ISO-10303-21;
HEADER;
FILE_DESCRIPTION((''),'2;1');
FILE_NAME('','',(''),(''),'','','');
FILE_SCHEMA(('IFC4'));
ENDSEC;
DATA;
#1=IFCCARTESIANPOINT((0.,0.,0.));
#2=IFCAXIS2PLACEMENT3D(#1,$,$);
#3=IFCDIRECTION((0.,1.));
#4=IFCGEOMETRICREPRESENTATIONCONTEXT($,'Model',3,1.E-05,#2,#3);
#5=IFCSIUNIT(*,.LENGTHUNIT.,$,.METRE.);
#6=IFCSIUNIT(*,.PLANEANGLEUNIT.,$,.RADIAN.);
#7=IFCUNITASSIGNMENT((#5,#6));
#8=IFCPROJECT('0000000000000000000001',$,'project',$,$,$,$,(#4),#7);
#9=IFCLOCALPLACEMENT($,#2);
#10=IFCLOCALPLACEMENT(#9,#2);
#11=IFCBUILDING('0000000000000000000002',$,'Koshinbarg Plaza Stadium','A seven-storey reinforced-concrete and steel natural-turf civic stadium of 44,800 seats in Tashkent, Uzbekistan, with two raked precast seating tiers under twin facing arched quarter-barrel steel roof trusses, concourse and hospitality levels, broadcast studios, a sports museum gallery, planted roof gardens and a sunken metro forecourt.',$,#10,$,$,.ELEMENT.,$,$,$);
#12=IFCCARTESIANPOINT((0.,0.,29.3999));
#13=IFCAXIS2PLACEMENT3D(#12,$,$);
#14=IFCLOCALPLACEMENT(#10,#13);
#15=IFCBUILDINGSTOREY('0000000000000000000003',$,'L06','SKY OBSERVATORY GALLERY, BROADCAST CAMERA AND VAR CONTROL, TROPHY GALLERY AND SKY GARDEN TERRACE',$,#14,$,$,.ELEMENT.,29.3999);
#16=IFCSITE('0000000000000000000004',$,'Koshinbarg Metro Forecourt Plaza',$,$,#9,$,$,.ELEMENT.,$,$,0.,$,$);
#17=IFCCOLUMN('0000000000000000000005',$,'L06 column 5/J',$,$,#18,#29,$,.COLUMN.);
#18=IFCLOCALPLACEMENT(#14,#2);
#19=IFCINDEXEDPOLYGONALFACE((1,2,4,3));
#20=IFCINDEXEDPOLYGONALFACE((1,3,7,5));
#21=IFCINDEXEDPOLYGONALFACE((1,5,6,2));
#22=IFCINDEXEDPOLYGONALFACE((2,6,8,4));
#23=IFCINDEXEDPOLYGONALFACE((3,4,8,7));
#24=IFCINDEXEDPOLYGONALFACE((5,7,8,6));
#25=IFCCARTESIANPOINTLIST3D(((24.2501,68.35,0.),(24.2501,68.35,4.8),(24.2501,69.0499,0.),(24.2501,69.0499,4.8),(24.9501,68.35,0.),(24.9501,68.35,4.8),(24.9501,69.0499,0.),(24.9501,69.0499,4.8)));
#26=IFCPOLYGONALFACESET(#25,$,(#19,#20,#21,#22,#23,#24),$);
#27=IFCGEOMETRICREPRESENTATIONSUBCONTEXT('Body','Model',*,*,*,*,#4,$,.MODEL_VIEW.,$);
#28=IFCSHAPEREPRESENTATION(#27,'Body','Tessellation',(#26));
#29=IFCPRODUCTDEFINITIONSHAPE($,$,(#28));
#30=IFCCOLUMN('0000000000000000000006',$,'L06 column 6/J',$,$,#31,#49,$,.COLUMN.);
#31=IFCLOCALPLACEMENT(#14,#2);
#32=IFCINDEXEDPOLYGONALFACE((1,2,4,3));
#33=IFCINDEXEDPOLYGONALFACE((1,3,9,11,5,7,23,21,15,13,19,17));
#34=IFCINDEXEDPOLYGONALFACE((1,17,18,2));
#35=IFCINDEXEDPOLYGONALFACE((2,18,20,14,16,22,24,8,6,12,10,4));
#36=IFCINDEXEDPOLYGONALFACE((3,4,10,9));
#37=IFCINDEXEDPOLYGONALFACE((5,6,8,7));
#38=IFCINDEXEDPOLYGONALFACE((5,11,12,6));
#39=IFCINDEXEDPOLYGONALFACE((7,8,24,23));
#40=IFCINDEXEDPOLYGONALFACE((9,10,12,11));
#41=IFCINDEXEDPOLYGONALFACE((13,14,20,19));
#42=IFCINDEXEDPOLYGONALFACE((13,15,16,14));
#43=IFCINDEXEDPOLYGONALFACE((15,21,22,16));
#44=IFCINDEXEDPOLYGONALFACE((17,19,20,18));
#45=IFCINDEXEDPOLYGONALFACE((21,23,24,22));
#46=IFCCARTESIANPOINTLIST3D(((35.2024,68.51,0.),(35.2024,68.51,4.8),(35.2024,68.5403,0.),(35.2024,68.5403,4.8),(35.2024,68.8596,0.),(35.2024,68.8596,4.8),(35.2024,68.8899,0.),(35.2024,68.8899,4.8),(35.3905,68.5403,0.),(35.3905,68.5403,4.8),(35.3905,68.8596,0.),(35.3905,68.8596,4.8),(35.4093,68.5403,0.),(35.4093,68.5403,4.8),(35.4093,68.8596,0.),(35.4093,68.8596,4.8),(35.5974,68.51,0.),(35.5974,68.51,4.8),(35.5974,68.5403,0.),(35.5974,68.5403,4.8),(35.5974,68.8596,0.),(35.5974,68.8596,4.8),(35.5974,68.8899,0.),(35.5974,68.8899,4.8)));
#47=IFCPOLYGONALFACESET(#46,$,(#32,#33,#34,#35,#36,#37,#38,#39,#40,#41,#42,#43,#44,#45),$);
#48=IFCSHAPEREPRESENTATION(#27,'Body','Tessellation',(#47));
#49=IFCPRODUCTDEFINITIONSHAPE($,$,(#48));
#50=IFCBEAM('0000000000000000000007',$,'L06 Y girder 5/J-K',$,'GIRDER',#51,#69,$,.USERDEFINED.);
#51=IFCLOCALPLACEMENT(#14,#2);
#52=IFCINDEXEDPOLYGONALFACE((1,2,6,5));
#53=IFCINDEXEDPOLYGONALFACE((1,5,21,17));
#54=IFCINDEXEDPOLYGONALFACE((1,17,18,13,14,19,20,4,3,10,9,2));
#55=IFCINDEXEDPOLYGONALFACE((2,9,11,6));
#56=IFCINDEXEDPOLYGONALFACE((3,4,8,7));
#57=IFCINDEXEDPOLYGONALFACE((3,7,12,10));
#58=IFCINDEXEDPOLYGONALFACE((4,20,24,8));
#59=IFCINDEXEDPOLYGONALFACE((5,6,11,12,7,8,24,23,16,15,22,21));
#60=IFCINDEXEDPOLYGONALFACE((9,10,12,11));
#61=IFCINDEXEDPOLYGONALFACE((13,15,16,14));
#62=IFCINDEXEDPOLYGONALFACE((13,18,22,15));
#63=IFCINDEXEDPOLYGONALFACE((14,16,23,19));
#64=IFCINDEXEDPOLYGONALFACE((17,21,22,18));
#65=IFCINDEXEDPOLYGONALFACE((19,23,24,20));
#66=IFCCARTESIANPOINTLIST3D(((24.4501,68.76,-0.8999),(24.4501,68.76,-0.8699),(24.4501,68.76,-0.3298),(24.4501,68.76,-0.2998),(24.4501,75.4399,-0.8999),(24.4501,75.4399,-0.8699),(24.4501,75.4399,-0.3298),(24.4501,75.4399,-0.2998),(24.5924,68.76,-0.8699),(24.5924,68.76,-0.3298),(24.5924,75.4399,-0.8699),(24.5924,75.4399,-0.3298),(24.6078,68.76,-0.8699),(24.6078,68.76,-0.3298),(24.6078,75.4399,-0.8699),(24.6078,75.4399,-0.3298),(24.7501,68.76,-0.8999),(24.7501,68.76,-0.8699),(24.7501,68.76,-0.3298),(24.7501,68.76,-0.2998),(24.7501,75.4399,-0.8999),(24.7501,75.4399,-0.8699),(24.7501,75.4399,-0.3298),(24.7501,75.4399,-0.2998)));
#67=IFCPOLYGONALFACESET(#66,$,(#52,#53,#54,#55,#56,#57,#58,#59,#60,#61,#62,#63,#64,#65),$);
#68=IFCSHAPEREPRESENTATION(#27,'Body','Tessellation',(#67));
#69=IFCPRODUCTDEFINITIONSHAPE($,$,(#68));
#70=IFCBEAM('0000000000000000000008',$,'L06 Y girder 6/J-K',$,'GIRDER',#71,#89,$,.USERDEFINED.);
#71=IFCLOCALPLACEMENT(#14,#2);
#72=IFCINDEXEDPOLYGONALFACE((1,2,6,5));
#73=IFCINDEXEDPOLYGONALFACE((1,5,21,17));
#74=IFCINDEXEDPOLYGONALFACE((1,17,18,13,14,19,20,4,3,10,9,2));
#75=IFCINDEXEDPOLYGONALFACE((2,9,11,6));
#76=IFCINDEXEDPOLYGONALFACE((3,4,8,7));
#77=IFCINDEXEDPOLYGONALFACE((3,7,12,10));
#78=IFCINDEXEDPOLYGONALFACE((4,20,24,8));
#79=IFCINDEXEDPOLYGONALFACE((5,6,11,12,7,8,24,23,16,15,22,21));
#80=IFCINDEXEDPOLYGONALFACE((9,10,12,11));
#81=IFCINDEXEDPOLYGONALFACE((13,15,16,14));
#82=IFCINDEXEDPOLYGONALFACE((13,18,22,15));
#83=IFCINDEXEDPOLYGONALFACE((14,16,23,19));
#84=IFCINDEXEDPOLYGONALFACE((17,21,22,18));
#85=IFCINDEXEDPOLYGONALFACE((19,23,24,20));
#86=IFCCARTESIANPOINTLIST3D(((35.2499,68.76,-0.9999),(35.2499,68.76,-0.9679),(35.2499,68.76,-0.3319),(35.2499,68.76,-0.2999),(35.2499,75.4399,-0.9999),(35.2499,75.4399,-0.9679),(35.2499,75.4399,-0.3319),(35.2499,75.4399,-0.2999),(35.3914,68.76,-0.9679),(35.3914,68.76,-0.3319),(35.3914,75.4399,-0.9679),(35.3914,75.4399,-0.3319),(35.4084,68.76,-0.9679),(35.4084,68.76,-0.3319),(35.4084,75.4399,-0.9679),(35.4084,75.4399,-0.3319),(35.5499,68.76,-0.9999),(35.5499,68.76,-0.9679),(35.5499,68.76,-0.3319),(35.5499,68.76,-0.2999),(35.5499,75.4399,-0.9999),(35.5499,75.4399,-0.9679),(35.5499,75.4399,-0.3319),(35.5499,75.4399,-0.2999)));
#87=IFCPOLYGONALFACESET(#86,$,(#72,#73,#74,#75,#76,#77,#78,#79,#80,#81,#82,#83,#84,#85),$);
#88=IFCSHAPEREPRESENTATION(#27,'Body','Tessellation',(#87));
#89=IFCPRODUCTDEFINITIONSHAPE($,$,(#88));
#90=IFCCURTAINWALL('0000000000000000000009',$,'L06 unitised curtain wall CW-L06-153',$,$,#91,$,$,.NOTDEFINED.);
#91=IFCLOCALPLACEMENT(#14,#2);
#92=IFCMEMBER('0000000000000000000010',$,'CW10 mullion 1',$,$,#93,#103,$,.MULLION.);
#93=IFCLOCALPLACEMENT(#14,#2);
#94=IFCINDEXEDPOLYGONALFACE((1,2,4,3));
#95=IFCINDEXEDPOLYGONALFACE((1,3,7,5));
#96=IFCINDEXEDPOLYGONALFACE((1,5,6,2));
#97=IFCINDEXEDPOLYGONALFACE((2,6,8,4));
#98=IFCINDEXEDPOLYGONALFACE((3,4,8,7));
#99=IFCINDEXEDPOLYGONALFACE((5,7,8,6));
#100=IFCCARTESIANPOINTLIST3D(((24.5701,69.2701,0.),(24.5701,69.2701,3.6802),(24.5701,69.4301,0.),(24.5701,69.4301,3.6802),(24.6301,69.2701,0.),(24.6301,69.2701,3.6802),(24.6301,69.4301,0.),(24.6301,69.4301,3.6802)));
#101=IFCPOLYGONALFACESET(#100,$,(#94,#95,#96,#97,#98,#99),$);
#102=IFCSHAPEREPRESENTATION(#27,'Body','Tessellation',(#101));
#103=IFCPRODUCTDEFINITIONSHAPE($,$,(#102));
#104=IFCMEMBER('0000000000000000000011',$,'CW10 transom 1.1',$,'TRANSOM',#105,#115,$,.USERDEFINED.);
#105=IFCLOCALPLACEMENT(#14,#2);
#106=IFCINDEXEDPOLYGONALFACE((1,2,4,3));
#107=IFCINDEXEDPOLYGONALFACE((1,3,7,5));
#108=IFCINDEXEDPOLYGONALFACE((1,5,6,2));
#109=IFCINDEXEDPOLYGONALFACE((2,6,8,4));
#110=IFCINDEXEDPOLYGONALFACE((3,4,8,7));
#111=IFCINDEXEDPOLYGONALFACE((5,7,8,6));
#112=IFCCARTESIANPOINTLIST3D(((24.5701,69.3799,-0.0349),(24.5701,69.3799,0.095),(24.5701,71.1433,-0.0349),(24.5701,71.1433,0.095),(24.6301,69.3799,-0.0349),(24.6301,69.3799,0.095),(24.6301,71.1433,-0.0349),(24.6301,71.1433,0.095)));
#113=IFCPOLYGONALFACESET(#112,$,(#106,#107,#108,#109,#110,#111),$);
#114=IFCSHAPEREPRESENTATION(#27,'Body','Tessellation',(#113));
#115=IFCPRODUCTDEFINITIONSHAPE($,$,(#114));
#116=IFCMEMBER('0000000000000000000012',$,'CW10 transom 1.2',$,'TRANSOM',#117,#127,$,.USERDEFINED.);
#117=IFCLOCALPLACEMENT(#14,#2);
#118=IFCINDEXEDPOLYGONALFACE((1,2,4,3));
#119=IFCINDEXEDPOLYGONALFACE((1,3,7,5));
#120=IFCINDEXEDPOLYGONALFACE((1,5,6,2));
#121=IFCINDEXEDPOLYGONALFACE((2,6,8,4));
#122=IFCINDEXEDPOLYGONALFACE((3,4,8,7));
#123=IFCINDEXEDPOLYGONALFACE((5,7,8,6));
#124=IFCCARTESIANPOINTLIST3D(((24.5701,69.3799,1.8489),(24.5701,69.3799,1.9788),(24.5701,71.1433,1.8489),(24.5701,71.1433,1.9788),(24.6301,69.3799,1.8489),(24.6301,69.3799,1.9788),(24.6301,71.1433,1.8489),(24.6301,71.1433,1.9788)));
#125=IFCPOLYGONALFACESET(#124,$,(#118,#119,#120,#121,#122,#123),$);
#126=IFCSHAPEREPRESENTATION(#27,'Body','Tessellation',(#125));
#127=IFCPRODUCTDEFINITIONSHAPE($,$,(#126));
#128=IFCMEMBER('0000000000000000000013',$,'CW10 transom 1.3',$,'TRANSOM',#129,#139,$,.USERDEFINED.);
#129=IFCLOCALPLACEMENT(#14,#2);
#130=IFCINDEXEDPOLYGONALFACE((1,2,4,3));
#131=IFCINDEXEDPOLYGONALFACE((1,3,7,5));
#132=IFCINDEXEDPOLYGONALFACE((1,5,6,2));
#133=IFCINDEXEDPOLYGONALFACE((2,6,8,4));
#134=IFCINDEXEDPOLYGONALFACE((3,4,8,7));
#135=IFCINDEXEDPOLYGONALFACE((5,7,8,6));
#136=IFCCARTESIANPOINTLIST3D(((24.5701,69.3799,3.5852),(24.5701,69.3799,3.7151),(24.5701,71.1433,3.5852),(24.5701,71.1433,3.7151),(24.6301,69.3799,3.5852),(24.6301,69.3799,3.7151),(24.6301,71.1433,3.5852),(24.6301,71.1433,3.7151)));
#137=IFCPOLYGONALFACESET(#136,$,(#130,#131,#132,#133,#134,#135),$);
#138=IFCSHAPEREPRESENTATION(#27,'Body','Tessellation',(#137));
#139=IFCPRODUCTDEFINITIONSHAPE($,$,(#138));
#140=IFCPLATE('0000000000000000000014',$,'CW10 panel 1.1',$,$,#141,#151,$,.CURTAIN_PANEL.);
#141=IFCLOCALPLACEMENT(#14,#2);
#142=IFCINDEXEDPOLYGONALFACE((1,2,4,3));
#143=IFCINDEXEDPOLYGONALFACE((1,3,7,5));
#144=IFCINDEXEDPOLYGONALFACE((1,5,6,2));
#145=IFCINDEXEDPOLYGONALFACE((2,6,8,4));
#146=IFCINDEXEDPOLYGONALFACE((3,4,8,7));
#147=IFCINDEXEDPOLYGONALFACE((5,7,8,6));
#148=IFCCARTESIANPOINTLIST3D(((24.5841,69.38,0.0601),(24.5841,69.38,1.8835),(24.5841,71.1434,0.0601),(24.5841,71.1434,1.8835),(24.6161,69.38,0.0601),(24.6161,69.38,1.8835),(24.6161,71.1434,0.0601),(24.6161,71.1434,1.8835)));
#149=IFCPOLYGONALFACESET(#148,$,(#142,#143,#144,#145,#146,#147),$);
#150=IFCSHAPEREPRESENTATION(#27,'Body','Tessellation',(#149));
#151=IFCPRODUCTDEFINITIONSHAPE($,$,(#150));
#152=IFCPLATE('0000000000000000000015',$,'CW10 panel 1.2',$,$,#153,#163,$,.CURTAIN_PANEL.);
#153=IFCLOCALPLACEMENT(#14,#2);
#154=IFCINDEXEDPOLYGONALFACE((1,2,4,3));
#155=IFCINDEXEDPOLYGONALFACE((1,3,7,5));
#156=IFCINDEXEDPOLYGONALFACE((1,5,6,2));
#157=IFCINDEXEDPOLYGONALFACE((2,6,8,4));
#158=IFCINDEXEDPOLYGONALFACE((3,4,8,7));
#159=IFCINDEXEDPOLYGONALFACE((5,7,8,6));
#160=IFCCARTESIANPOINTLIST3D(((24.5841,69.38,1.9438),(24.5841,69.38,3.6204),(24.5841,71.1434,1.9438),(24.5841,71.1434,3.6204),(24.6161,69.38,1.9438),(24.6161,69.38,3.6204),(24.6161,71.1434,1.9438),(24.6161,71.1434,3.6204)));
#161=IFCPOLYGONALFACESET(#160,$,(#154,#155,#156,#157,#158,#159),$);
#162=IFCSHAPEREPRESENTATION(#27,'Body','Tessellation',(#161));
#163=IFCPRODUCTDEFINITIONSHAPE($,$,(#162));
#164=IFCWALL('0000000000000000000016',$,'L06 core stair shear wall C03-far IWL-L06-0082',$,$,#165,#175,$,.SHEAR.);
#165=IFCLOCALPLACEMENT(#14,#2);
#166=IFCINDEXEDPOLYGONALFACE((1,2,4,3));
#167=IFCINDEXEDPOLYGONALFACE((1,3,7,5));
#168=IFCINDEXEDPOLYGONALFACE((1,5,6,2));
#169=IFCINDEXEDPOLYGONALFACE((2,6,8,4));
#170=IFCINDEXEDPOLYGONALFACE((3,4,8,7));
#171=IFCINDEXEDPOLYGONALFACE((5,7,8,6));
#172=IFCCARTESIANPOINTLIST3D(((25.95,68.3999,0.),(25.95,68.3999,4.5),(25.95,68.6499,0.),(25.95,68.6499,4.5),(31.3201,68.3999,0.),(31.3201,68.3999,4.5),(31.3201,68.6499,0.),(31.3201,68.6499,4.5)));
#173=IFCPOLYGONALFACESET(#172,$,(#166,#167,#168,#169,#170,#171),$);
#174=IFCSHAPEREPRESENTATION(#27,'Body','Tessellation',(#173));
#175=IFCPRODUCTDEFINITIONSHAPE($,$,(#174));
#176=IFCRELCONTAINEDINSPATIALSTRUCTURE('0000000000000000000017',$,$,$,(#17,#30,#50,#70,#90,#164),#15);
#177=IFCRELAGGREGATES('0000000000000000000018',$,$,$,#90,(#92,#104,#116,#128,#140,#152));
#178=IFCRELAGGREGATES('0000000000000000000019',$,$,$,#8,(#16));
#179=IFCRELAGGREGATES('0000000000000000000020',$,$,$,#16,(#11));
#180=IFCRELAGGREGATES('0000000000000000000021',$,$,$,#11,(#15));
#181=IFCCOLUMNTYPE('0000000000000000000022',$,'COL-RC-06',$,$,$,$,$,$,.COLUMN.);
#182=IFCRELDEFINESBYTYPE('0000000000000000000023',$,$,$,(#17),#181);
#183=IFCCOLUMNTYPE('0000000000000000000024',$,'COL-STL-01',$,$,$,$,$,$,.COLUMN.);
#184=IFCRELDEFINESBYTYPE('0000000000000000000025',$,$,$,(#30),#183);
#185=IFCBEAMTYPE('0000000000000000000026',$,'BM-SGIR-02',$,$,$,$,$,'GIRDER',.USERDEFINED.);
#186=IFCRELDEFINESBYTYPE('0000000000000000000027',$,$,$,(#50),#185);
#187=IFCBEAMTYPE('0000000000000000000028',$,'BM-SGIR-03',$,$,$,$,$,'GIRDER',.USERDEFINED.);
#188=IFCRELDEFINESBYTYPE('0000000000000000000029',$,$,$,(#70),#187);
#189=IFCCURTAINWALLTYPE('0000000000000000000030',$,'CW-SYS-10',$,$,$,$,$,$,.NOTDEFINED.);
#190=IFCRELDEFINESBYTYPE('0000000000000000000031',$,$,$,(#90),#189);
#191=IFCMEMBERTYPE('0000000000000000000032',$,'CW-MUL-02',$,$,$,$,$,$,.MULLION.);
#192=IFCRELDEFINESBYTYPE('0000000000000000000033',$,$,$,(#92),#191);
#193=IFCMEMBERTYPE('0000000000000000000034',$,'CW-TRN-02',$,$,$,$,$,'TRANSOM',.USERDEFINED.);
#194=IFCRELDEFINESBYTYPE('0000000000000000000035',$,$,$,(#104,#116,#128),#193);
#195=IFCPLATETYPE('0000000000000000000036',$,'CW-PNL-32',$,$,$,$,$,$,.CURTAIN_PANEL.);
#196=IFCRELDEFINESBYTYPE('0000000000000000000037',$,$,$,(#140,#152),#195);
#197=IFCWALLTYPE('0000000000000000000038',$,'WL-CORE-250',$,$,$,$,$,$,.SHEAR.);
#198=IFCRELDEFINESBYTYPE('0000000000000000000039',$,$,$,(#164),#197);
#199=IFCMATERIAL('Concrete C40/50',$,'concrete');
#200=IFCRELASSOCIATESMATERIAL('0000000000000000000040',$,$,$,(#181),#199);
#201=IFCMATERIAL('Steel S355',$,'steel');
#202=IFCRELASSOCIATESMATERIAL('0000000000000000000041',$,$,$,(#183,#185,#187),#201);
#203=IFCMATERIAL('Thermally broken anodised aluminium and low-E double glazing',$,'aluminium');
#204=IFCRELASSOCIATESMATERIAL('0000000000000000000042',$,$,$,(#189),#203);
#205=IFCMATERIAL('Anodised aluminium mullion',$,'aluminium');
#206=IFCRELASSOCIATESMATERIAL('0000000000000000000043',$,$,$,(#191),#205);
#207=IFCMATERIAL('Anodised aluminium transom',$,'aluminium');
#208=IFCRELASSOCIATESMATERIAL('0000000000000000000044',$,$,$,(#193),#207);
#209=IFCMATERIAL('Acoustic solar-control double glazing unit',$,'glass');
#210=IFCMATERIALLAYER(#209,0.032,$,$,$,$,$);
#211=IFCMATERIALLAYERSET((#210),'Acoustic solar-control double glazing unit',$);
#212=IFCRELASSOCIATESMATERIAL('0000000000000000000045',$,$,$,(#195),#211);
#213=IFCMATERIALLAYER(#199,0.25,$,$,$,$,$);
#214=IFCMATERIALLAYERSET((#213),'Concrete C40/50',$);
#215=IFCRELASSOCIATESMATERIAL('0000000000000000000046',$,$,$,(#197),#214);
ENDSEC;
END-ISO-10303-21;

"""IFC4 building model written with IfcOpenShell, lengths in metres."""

from ifc_helpers import new_model, si_unit, direction, frame, frame_2d, origin, origin_2d, place, context, subcontext, project, spatial, rectangle, i_section, extrude, material, layer, layer_set, material_profile, profile_set, type_object, element, aggregate, save


model = new_model("IFC4")

# Units and contexts
model_context = context("Model", 3, precision=1e-05, world=origin(), true_north=direction((0.0, 1.0)))
body_context = subcontext(model_context, "Body", "Model", "MODEL_VIEW")
ifc_project = project(units=[si_unit("LENGTHUNIT", "METRE"), si_unit("PLANEANGLEUNIT", "RADIAN")], contexts=[model_context])

# Site, building, storey
site_placement = place(None, origin())
site = spatial("IfcSite", under=ifc_project, at=site_placement, Name="Koshinbarg Metro Forecourt Plaza", CompositionType="ELEMENT", RefElevation=0.0)
building_placement = place(site_placement, origin())
building = spatial("IfcBuilding", under=site, at=building_placement, Name="Koshinbarg Plaza Stadium", Description="A seven-storey reinforced-concrete and steel natural-turf civic stadium of 44,800 seats in Tashkent, Uzbekistan, with two raked precast seating tiers under twin facing arched quarter-barrel steel roof trusses, concourse and hospitality levels, broadcast studios, a sports museum gallery, planted roof gardens and a sunken metro forecourt.", CompositionType="ELEMENT")
storey_placement = place(building_placement, frame((0.0, 0.0, 29.3999)))
storey = spatial("IfcBuildingStorey", under=building, at=storey_placement, Name="L06", Description="SKY OBSERVATORY GALLERY, BROADCAST CAMERA AND VAR CONTROL, TROPHY GALLERY AND SKY GARDEN TERRACE", CompositionType="ELEMENT", Elevation=29.3999)

# Columns
ifc_material_1 = material(Name="Concrete C40/50", Category="concrete")
ifc_material_profile_1 = material_profile(ifc_material_1, rectangle(XDim=0.7, YDim=0.7, at=origin_2d()), Name="RC 700x700")
ifc_profile_set_1 = profile_set([ifc_material_profile_1], Name="Concrete C40/50")
column_type_1 = type_object("IfcColumnType", Name="COL-RC-06", PredefinedType="COLUMN", material=ifc_profile_set_1)
column_1_placement = place(storey_placement, frame((24.6001, 68.7, 0.0), z_axis=(0.0, 0.0, 1.0), x_axis=(1.0, 0.0, 0.0)))
element("IfcColumn", 1, at=column_1_placement, inside=storey, type_object=column_type_1, Name="L06 column 5/J", PredefinedType="COLUMN", context=body_context, shape_type="SweptSolid", body=[
    extrude(rectangle(XDim=0.7, YDim=0.7, at=origin_2d()), origin(), (0.0, 0.0, 1.0), 4.8),
])
ifc_material_2 = material(Name="Steel S355", Category="steel")
ifc_material_profile_2 = material_profile(ifc_material_2, i_section(OverallWidth=0.395, OverallDepth=0.3799, WebThickness=0.0188, FlangeThickness=0.0303, at=origin_2d()), Name="HD 400x237")
ifc_profile_set_2 = profile_set([ifc_material_profile_2], Name="Steel S355")
column_type_2 = type_object("IfcColumnType", Name="COL-STL-01", PredefinedType="COLUMN", material=ifc_profile_set_2)
column_2_placement = place(storey_placement, frame((35.3999, 68.7, 0.0), z_axis=(0.0, 0.0, 1.0), x_axis=(1.0, 0.0, 0.0)))
element("IfcColumn", 2, at=column_2_placement, inside=storey, type_object=column_type_2, Name="L06 column 6/J", PredefinedType="COLUMN", context=body_context, shape_type="SweptSolid", body=[
    extrude(i_section(OverallWidth=0.395, OverallDepth=0.3799, WebThickness=0.0188, FlangeThickness=0.0303, at=origin_2d()), origin(), (0.0, 0.0, 1.0), 4.8),
])

# Beams
ifc_material_profile_3 = material_profile(ifc_material_2, i_section(OverallWidth=0.3, OverallDepth=0.6001, WebThickness=0.0154, FlangeThickness=0.03, at=origin_2d()), Name="HEB 600")
ifc_profile_set_3 = profile_set([ifc_material_profile_3], Name="Steel S355")
beam_type_1 = type_object("IfcBeamType", Name="BM-SGIR-02", ElementType="GIRDER", PredefinedType="USERDEFINED", material=ifc_profile_set_3)
beam_1_placement = place(storey_placement, frame((24.6001, 68.76, -0.5999), z_axis=(0.0, 1.0, 0.0), x_axis=(-1.0, 0.0, 0.0)))
element("IfcBeam", 3, at=beam_1_placement, inside=storey, type_object=beam_type_1, Name="L06 Y girder 5/J-K", ObjectType="GIRDER", PredefinedType="USERDEFINED", context=body_context, shape_type="SweptSolid", body=[
    extrude(i_section(OverallWidth=0.3, OverallDepth=0.6001, WebThickness=0.0154, FlangeThickness=0.03, at=origin_2d()), origin(), (0.0, 0.0, 1.0), 6.6799),
])
ifc_material_profile_4 = material_profile(ifc_material_2, i_section(OverallWidth=0.3, OverallDepth=0.7, WebThickness=0.0171, FlangeThickness=0.032, at=origin_2d()), Name="HEB 700")
ifc_profile_set_4 = profile_set([ifc_material_profile_4], Name="Steel S355")
beam_type_2 = type_object("IfcBeamType", Name="BM-SGIR-03", ElementType="GIRDER", PredefinedType="USERDEFINED", material=ifc_profile_set_4)
beam_2_placement = place(storey_placement, frame((35.3999, 68.76, -0.6499), z_axis=(0.0, 1.0, 0.0), x_axis=(-1.0, 0.0, 0.0)))
element("IfcBeam", 4, at=beam_2_placement, inside=storey, type_object=beam_type_2, Name="L06 Y girder 6/J-K", ObjectType="GIRDER", PredefinedType="USERDEFINED", context=body_context, shape_type="SweptSolid", body=[
    extrude(i_section(OverallWidth=0.3, OverallDepth=0.7, WebThickness=0.0171, FlangeThickness=0.032, at=origin_2d()), origin(), (0.0, 0.0, 1.0), 6.6799),
])

# Curtain wall, members, plates
ifc_material_3 = material(Name="Thermally broken anodised aluminium and low-E double glazing", Category="aluminium")
curtain_wall_type = type_object("IfcCurtainWallType", Name="CW-SYS-10", PredefinedType="NOTDEFINED", material=ifc_material_3)
curtain_wall_placement = place(storey_placement, origin())
curtain_wall = element("IfcCurtainWall", 5, at=curtain_wall_placement, inside=storey, type_object=curtain_wall_type, Name="L06 unitised curtain wall CW-L06-153", PredefinedType="NOTDEFINED")
ifc_material_4 = material(Name="Anodised aluminium mullion", Category="aluminium")
ifc_material_profile_5 = material_profile(ifc_material_4, rectangle(XDim=0.0601, YDim=0.1599, at=origin_2d()), Name="ALU 60x160")
ifc_profile_set_5 = profile_set([ifc_material_profile_5], Name="Anodised aluminium mullion")
member_type_1 = type_object("IfcMemberType", Name="CW-MUL-02", PredefinedType="MULLION", material=ifc_profile_set_5)
member_1_placement = place(storey_placement, frame((24.6001, 69.3501, 0.0), z_axis=(0.0, 0.0, 1.0), x_axis=(-1.0, 0.0, 0.0)))
member_1 = element("IfcMember", 6, at=member_1_placement, type_object=member_type_1, Name="CW10 mullion 1", PredefinedType="MULLION", context=body_context, shape_type="SweptSolid", body=[
    extrude(rectangle(XDim=0.0601, YDim=0.1599, at=origin_2d()), origin(), (0.0, 0.0, 1.0), 3.6802),
])
ifc_material_5 = material(Name="Anodised aluminium transom", Category="aluminium")
ifc_material_profile_6 = material_profile(ifc_material_5, rectangle(XDim=0.0601, YDim=0.1299, at=origin_2d()), Name="ALU 60x130")
ifc_profile_set_6 = profile_set([ifc_material_profile_6], Name="Anodised aluminium transom")
member_type_2 = type_object("IfcMemberType", Name="CW-TRN-02", ElementType="TRANSOM", PredefinedType="USERDEFINED", material=ifc_profile_set_6)
member_2_placement = place(storey_placement, frame((24.6001, 69.3799, 0.03), z_axis=(0.0, 1.0, 0.0), x_axis=(-1.0, 0.0, 0.0)))
member_2 = element("IfcMember", 7, at=member_2_placement, type_object=member_type_2, Name="CW10 transom 1.1", ObjectType="TRANSOM", PredefinedType="USERDEFINED", context=body_context, shape_type="SweptSolid", body=[
    extrude(rectangle(XDim=0.0601, YDim=0.1299, at=origin_2d()), origin(), (0.0, 0.0, 1.0), 1.7634),
])
member_3_placement = place(storey_placement, frame((24.6001, 69.3799, 1.9138), z_axis=(0.0, 1.0, 0.0), x_axis=(-1.0, 0.0, 0.0)))
member_3 = element("IfcMember", 8, at=member_3_placement, type_object=member_type_2, Name="CW10 transom 1.2", ObjectType="TRANSOM", PredefinedType="USERDEFINED", context=body_context, shape_type="SweptSolid", body=[
    extrude(rectangle(XDim=0.0601, YDim=0.1299, at=origin_2d()), origin(), (0.0, 0.0, 1.0), 1.7634),
])
member_4_placement = place(storey_placement, frame((24.6001, 69.3799, 3.6501), z_axis=(0.0, 1.0, 0.0), x_axis=(-1.0, 0.0, 0.0)))
member_4 = element("IfcMember", 9, at=member_4_placement, type_object=member_type_2, Name="CW10 transom 1.3", ObjectType="TRANSOM", PredefinedType="USERDEFINED", context=body_context, shape_type="SweptSolid", body=[
    extrude(rectangle(XDim=0.0601, YDim=0.1299, at=origin_2d()), origin(), (0.0, 0.0, 1.0), 1.7634),
])
ifc_material_6 = material(Name="Acoustic solar-control double glazing unit", Category="glass")
ifc_layer_1 = layer(ifc_material_6, 0.032)
ifc_layer_set_1 = layer_set([ifc_layer_1], Name="Acoustic solar-control double glazing unit")
plate_type = type_object("IfcPlateType", Name="CW-PNL-32", PredefinedType="CURTAIN_PANEL", material=ifc_layer_set_1)
plate_1_placement = place(storey_placement, frame((24.6001, 70.2617, 0.0601), z_axis=(0.0, 0.0, 1.0), x_axis=(0.0, 1.0, 0.0)))
plate_1 = element("IfcPlate", 10, at=plate_1_placement, type_object=plate_type, Name="CW10 panel 1.1", PredefinedType="CURTAIN_PANEL", context=body_context, shape_type="SweptSolid", body=[
    extrude(rectangle(XDim=1.7634, YDim=0.032, at=origin_2d()), origin(), (0.0, 0.0, 1.0), 1.8235),
])
plate_2_placement = place(storey_placement, frame((24.6001, 70.2617, 1.9438), z_axis=(0.0, 0.0, 1.0), x_axis=(0.0, 1.0, 0.0)))
plate_2 = element("IfcPlate", 11, at=plate_2_placement, type_object=plate_type, Name="CW10 panel 1.2", PredefinedType="CURTAIN_PANEL", context=body_context, shape_type="SweptSolid", body=[
    extrude(rectangle(XDim=1.7634, YDim=0.032, at=origin_2d()), origin(), (0.0, 0.0, 1.0), 1.6765),
])
aggregate(curtain_wall, [member_1, member_2, member_3, member_4, plate_1, plate_2])

# Wall
ifc_layer_2 = layer(ifc_material_1, 0.25)
ifc_layer_set_2 = layer_set([ifc_layer_2], Name="Concrete C40/50")
wall_type_1 = type_object("IfcWallType", Name="WL-CORE-250", PredefinedType="SHEAR", material=ifc_layer_set_2)
wall_1_placement = place(storey_placement, frame((31.3201, 68.5249, 0.0), z_axis=(0.0, 0.0, 1.0), x_axis=(-1.0, 0.0, 0.0)))
element("IfcWall", 12, at=wall_1_placement, inside=storey, type_object=wall_type_1, Name="L06 core stair shear wall C03-far IWL-L06-0082", PredefinedType="SHEAR", context=body_context, shape_type="SweptSolid", body=[
    extrude(rectangle(XDim=5.3701, YDim=0.25, at=frame_2d((2.6851, 0.0))), origin(), (0.0, 0.0, 1.0), 4.5),
])

save(model, "model.ifc")
